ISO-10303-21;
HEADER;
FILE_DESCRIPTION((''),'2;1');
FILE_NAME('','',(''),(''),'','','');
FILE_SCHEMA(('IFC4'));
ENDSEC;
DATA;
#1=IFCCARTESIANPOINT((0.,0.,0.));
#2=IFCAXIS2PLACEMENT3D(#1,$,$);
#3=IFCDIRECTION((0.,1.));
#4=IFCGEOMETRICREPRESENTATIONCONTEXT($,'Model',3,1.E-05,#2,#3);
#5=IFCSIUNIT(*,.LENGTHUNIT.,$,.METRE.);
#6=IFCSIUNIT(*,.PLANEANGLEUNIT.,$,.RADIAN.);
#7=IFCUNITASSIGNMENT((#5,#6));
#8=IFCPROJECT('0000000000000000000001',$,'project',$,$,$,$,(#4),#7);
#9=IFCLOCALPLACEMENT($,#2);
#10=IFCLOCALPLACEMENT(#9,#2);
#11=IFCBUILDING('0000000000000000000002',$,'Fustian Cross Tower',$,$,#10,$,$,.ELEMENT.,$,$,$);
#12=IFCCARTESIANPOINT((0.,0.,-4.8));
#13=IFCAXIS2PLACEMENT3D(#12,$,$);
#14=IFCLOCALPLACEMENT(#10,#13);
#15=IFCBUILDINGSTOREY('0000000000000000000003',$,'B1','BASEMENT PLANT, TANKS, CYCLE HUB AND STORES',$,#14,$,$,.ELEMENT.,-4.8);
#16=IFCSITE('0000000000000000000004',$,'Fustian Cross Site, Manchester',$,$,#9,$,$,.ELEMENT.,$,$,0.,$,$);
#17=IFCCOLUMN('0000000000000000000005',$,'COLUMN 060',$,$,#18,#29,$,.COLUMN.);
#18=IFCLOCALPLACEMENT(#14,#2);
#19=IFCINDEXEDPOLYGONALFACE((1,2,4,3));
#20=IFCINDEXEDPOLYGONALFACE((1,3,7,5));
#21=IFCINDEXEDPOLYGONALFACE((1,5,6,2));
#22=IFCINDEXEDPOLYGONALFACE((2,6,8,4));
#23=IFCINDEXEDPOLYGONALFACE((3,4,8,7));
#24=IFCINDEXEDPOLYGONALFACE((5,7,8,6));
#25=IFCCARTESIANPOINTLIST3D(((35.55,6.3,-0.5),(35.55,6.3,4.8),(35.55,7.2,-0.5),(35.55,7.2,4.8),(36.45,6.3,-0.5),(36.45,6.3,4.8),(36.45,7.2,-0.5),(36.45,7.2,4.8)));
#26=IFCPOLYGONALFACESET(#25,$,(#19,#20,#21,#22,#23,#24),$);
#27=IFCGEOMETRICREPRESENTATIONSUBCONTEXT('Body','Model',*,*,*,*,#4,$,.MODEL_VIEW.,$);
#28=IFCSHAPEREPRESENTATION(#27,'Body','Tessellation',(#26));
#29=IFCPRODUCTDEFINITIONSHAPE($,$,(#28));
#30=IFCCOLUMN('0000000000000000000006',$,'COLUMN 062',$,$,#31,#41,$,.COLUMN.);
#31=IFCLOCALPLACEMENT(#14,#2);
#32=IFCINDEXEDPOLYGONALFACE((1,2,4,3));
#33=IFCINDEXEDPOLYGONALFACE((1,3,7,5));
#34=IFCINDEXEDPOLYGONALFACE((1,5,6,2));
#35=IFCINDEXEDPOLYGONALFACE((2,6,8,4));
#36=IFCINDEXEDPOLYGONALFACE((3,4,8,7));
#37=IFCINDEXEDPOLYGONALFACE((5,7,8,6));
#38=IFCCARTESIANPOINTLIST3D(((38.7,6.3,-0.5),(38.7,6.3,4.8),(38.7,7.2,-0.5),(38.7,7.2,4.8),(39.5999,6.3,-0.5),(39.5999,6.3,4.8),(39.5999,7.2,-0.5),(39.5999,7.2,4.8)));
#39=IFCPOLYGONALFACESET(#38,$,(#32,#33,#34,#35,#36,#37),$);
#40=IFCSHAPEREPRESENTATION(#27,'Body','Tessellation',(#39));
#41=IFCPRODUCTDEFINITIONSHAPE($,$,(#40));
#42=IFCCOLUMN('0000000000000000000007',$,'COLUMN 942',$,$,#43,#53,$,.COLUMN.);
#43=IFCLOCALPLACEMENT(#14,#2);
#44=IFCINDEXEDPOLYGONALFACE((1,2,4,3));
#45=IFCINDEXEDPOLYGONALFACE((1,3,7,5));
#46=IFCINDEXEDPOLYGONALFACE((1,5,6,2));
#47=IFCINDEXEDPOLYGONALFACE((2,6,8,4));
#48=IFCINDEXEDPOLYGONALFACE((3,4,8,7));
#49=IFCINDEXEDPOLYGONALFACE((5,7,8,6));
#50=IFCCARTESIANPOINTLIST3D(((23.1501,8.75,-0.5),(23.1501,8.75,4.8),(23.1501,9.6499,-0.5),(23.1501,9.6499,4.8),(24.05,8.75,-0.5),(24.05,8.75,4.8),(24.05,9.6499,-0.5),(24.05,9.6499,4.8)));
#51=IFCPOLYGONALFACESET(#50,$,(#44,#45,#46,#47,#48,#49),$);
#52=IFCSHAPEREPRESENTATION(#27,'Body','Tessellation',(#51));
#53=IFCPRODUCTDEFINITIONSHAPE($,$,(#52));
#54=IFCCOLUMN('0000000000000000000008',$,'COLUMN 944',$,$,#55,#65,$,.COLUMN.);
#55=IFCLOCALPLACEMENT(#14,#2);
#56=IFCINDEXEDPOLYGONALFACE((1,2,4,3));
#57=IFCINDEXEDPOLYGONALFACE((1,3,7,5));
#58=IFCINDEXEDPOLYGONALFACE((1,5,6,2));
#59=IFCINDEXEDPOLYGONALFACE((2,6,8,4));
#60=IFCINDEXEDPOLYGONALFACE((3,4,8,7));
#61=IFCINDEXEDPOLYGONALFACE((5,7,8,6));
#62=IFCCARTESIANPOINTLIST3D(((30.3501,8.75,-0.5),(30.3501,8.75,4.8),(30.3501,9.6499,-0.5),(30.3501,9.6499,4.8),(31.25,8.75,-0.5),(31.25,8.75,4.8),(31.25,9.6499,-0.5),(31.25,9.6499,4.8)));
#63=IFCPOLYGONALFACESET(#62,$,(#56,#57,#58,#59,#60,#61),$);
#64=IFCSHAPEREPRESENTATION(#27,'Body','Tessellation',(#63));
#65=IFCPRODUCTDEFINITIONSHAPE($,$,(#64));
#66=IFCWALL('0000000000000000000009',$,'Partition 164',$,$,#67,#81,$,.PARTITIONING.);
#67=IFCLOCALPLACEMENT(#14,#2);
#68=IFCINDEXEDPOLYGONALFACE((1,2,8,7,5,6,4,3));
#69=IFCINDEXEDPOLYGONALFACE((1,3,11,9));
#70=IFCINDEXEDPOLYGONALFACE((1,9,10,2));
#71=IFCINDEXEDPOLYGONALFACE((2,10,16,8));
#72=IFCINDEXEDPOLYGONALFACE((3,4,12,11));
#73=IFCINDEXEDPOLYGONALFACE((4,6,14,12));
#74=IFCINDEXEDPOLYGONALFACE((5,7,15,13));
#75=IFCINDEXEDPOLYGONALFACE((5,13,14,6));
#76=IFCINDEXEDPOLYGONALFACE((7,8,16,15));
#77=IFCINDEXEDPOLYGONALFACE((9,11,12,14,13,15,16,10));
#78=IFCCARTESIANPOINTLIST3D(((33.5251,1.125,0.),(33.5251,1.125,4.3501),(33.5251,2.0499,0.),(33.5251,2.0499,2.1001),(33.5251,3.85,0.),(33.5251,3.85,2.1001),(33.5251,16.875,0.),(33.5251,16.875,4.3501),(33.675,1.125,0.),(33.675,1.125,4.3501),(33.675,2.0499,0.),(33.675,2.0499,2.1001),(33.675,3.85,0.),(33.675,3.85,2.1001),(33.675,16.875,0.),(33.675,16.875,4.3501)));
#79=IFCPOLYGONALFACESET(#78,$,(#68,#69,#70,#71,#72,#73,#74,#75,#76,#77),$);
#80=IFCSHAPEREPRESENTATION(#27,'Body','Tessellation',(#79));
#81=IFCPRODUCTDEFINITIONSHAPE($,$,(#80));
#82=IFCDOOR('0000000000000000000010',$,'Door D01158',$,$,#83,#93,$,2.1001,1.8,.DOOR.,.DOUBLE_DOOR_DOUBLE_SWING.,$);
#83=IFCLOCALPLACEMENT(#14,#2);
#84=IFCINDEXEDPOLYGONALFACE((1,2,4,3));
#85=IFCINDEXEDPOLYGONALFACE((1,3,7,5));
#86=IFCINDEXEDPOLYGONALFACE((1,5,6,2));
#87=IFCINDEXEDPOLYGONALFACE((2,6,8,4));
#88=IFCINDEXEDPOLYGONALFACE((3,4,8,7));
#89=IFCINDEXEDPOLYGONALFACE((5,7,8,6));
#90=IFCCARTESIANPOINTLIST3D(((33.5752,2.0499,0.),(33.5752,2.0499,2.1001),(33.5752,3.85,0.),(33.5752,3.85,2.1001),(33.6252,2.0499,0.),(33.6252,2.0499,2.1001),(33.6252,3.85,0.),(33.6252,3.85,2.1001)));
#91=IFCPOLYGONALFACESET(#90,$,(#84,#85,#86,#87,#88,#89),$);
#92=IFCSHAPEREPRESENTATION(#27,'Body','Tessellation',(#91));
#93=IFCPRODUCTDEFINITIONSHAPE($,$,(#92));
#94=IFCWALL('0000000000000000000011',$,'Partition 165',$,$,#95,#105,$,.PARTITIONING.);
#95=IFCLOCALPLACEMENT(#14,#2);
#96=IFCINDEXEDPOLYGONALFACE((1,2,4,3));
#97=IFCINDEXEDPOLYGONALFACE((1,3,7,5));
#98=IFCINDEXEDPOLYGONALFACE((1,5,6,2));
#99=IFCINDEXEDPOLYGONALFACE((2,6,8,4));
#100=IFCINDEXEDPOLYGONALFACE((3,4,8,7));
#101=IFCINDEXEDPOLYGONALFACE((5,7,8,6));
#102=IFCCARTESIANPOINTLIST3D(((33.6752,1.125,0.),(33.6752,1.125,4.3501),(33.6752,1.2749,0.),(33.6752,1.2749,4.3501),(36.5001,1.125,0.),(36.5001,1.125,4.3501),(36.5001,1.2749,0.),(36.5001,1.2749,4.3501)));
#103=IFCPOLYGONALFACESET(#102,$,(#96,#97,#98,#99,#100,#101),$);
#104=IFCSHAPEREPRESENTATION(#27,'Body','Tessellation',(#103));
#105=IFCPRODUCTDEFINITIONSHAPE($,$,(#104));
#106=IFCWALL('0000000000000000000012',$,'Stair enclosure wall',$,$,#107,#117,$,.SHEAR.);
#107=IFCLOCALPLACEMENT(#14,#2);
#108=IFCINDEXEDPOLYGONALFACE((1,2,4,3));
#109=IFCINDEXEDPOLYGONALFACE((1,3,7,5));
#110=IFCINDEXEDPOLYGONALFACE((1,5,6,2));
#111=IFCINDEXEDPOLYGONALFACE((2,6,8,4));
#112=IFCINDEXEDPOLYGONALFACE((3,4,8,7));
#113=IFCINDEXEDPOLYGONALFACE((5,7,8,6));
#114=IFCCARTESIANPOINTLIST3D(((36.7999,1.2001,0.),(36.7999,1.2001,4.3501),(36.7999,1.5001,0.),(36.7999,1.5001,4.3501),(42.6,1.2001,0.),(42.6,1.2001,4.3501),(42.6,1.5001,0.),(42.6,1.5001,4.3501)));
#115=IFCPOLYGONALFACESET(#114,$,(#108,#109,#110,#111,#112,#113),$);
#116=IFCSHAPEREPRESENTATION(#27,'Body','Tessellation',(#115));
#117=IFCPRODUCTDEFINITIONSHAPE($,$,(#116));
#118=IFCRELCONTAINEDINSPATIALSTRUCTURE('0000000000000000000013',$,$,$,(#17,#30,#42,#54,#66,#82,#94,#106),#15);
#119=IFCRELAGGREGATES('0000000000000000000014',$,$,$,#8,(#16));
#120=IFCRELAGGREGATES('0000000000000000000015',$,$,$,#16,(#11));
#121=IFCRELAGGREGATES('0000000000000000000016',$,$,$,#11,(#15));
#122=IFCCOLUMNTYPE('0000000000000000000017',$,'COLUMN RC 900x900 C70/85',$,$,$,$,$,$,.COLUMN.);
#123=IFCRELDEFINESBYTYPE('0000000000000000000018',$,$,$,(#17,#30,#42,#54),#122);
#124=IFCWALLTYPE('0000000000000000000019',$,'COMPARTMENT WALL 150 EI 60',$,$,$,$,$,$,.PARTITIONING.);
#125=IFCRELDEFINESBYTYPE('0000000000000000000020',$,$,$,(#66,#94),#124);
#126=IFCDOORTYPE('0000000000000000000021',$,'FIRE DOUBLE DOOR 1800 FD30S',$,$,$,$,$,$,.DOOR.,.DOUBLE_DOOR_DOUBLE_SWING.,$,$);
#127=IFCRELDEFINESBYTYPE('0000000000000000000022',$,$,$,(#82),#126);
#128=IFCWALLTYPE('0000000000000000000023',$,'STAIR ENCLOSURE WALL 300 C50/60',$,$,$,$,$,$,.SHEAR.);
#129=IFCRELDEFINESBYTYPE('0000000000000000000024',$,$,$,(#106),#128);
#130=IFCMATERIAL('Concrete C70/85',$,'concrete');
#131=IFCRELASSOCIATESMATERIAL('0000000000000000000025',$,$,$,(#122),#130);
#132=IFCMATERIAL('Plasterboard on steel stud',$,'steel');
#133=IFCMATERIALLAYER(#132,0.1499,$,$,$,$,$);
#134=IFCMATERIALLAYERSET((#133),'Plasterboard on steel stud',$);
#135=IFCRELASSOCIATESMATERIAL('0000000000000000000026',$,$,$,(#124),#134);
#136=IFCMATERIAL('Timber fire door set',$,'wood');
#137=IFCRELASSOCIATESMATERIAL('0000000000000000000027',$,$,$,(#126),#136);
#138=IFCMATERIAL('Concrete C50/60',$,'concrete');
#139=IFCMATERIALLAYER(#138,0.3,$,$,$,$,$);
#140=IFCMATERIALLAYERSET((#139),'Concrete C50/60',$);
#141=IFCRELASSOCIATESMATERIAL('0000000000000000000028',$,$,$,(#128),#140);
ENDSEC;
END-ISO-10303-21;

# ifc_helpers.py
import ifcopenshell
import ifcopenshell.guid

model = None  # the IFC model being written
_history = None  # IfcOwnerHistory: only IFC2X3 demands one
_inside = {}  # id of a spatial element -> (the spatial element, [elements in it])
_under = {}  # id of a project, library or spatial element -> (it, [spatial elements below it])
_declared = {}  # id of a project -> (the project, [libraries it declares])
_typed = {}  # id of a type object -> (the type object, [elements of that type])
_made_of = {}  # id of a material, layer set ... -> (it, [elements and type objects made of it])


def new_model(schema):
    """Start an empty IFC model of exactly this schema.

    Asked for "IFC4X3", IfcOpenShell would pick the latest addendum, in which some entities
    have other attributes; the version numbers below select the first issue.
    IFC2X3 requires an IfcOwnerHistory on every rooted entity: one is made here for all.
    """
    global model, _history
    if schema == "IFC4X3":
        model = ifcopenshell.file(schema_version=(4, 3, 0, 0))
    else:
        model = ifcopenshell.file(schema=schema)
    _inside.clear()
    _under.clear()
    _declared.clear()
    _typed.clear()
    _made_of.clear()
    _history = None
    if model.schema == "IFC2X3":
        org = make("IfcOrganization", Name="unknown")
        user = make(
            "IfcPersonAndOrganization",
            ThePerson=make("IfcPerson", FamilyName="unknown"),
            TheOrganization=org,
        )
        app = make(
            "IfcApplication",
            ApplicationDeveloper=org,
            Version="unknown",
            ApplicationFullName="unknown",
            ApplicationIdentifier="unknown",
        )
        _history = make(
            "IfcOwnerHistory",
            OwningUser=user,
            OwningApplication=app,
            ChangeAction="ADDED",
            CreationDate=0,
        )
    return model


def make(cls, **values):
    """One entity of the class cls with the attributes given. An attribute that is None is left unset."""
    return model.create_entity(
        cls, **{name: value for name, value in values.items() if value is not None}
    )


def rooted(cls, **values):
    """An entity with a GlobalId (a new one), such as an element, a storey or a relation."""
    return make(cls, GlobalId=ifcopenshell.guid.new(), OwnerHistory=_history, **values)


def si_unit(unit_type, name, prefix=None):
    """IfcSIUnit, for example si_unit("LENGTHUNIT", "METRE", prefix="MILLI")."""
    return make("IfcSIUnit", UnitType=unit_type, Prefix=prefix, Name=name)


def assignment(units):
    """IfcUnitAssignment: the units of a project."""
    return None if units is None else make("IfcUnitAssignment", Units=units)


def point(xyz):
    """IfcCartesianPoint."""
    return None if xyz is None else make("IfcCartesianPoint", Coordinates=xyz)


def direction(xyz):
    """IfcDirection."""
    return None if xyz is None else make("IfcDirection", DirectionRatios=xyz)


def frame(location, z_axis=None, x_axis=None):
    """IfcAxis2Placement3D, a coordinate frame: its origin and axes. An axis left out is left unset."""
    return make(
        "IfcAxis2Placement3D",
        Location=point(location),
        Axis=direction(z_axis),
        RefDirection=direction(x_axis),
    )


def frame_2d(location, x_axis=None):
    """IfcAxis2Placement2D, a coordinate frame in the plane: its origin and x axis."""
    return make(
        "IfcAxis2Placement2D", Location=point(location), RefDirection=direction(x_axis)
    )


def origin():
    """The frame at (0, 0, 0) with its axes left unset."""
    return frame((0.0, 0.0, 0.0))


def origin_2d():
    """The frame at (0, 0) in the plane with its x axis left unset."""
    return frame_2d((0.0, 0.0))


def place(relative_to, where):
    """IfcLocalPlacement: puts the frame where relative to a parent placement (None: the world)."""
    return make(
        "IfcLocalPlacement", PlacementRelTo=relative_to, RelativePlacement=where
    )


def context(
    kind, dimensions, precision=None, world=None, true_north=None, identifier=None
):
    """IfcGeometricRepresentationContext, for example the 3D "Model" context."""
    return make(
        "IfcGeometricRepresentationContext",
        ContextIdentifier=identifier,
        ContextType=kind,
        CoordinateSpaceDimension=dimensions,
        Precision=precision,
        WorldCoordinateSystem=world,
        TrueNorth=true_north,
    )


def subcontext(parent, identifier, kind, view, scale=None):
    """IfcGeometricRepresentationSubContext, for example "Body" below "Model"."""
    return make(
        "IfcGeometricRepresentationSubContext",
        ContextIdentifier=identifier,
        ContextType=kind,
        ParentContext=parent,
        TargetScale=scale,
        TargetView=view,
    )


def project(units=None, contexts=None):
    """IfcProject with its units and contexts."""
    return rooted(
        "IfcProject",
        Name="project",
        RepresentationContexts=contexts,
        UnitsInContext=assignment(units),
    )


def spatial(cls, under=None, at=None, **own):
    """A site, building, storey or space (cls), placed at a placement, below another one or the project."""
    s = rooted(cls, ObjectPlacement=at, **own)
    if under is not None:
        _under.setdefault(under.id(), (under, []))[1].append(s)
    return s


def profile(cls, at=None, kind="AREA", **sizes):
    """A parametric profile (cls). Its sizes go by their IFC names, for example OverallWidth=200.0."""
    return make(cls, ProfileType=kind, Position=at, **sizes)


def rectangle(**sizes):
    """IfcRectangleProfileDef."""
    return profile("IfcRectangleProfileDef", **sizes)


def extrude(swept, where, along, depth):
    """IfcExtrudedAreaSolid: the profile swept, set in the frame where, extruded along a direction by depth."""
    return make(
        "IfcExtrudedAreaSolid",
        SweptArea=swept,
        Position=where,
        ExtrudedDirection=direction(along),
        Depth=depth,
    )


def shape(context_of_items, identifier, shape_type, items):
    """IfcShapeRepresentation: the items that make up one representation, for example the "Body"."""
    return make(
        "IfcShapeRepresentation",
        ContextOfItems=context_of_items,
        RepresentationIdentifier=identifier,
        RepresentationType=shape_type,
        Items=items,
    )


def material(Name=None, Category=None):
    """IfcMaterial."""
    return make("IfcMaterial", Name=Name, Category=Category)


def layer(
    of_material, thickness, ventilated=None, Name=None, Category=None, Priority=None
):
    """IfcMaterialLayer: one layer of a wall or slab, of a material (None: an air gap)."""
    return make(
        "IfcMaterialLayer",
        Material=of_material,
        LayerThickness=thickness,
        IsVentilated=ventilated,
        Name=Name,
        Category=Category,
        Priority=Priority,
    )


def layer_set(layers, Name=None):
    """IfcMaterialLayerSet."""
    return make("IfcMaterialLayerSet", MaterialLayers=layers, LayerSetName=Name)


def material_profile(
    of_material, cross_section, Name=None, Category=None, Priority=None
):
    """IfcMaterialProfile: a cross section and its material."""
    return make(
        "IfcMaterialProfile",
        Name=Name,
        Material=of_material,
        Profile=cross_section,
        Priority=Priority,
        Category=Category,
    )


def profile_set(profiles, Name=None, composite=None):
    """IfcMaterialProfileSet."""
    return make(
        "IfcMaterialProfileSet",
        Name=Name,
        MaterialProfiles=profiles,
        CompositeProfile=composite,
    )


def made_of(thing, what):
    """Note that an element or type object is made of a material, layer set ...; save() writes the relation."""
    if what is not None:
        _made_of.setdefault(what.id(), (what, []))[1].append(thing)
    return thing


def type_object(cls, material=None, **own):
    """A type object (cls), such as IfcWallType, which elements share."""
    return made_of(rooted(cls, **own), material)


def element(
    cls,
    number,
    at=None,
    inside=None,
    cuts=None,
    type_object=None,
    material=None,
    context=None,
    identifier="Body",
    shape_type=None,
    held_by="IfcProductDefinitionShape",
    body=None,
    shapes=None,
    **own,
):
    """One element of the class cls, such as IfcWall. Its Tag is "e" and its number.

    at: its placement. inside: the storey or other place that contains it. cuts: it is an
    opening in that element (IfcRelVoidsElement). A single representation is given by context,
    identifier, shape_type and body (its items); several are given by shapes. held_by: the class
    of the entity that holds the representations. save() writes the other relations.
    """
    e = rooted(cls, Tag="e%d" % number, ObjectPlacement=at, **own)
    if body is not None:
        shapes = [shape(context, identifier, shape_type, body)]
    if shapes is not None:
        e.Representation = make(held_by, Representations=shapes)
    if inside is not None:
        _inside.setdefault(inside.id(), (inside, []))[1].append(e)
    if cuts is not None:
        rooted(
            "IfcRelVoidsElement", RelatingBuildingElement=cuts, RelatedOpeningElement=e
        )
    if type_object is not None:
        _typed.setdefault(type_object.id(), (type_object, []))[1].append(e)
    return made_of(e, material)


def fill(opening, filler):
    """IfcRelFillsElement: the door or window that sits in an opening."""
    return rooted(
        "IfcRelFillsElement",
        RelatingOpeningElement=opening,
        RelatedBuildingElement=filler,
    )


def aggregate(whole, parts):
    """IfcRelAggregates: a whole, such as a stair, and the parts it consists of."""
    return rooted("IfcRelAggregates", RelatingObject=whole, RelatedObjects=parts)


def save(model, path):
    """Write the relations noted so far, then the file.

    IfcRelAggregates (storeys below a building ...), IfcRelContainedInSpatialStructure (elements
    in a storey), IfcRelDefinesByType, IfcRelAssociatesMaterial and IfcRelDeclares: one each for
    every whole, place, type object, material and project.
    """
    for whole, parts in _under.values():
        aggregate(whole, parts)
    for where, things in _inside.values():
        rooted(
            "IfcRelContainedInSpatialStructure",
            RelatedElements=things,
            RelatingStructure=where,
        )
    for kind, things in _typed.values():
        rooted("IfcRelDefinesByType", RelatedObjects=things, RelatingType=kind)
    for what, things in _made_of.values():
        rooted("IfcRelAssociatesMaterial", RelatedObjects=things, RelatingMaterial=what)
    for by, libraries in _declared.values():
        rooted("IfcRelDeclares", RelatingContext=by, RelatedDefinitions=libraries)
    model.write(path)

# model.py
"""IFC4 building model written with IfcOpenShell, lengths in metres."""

from ifc_helpers import new_model, si_unit, direction, frame, frame_2d, origin, origin_2d, place, context, subcontext, project, spatial, rectangle, extrude, material, layer, layer_set, material_profile, profile_set, type_object, element, fill, save


model = new_model("IFC4")

# Units and contexts
model_context = context("Model", 3, precision=1e-05, world=origin(), true_north=direction((0.0, 1.0)))
body_context = subcontext(model_context, "Body", "Model", "MODEL_VIEW")
ifc_project = project(units=[si_unit("LENGTHUNIT", "METRE"), si_unit("PLANEANGLEUNIT", "RADIAN")], contexts=[model_context])

# Site, building, storey
site_placement = place(None, origin())
site = spatial("IfcSite", under=ifc_project, at=site_placement, Name="Fustian Cross Site, Manchester", CompositionType="ELEMENT", RefElevation=0.0)
building_placement = place(site_placement, origin())
building = spatial("IfcBuilding", under=site, at=building_placement, Name="Fustian Cross Tower", CompositionType="ELEMENT")
storey_placement = place(building_placement, frame((0.0, 0.0, -4.8)))
storey = spatial("IfcBuildingStorey", under=building, at=storey_placement, Name="B1", Description="BASEMENT PLANT, TANKS, CYCLE HUB AND STORES", CompositionType="ELEMENT", Elevation=-4.8)

# Columns
ifc_material_1 = material(Name="Concrete C70/85", Category="concrete")
ifc_material_profile_1 = material_profile(ifc_material_1, rectangle(XDim=0.8999, YDim=0.8999, at=origin_2d()), Name="RC 900x900")
ifc_profile_set_1 = profile_set([ifc_material_profile_1], Name="Concrete C70/85")
column_type = type_object("IfcColumnType", Name="COLUMN RC 900x900 C70/85", PredefinedType="COLUMN", material=ifc_profile_set_1)
for number, where, z_axis, x_axis, name in (
    (1, (36.0, 6.75, -0.5), (0.0, 0.0, 1.0), (1.0, 0.0, 0.0), "COLUMN 060"),
    (2, (39.1499, 6.75, -0.5), (0.0, 0.0, 1.0), (1.0, 0.0, 0.0), "COLUMN 062"),
    (3, (23.6001, 9.2, -0.5), (0.0, 0.0, 1.0), (1.0, 0.0, 0.0), "COLUMN 942"),
    (4, (30.8, 9.2, -0.5), (0.0, 0.0, 1.0), (1.0, 0.0, 0.0), "COLUMN 944"),
):
    element("IfcColumn", number, at=place(storey_placement, frame(where, z_axis=z_axis, x_axis=x_axis)), inside=storey, type_object=column_type, Name=name, PredefinedType="COLUMN", context=body_context, shape_type="SweptSolid", body=[
        extrude(rectangle(XDim=0.8999, YDim=0.8999, at=origin_2d()), origin(), (0.0, 0.0, 1.0), 5.3),
    ])

# Wall, opening, door
ifc_material_2 = material(Name="Plasterboard on steel stud", Category="steel")
ifc_layer_1 = layer(ifc_material_2, 0.1499)
ifc_layer_set_1 = layer_set([ifc_layer_1], Name="Plasterboard on steel stud")
wall_type_1 = type_object("IfcWallType", Name="COMPARTMENT WALL 150 EI 60", PredefinedType="PARTITIONING", material=ifc_layer_set_1)
wall_1_placement = place(storey_placement, frame((33.6001, 1.125, 0.0), z_axis=(0.0, 0.0, 1.0), x_axis=(0.0, 1.0, 0.0)))
wall_1 = element("IfcWall", 5, at=wall_1_placement, inside=storey, type_object=wall_type_1, Name="Partition 164", PredefinedType="PARTITIONING", context=body_context, shape_type="SweptSolid", body=[
    extrude(rectangle(XDim=15.75, YDim=0.1499, at=frame_2d((7.875, 0.0))), origin(), (0.0, 0.0, 1.0), 4.3501),
])
opening_placement = place(wall_1_placement, frame((0.925, 0.0, 0.0)))
opening = element("IfcOpeningElement", 6, at=opening_placement, cuts=wall_1, PredefinedType="OPENING", context=body_context, shape_type="SweptSolid", body=[
    extrude(rectangle(XDim=1.8, YDim=2.1001, at=frame_2d((0.8999, 1.05))), frame((0.0, 0.085, 0.0), z_axis=(0.0, -1.0, 0.0), x_axis=(1.0, 0.0, 0.0)), (0.0, 0.0, 1.0), 0.1699),
])
ifc_material_3 = material(Name="Timber fire door set", Category="wood")
door_type = type_object("IfcDoorType", Name="FIRE DOUBLE DOOR 1800 FD30S", OperationType="DOUBLE_DOOR_DOUBLE_SWING", PredefinedType="DOOR", material=ifc_material_3)
door_placement = place(opening_placement, origin())
door = element("IfcDoor", 7, at=door_placement, inside=storey, type_object=door_type, Name="Door D01158", OperationType="DOUBLE_DOOR_DOUBLE_SWING", OverallHeight=2.1001, OverallWidth=1.8, PredefinedType="DOOR", context=body_context, shape_type="SweptSolid", body=[
    extrude(rectangle(XDim=1.8, YDim=2.1001, at=frame_2d((0.8999, 1.05))), frame((0.0, 0.0249, 0.0), z_axis=(0.0, -1.0, 0.0), x_axis=(1.0, 0.0, 0.0)), (0.0, 0.0, 1.0), 0.05),
])
fill(opening, door)

# Walls
wall_2_placement = place(storey_placement, frame((33.675, 1.2, 0.0), z_axis=(0.0, 0.0, 1.0), x_axis=(1.0, 0.0, 0.0)))
element("IfcWall", 8, at=wall_2_placement, inside=storey, type_object=wall_type_1, Name="Partition 165", PredefinedType="PARTITIONING", context=body_context, shape_type="SweptSolid", body=[
    extrude(rectangle(XDim=2.825, YDim=0.1499, at=frame_2d((1.4126, 0.0))), origin(), (0.0, 0.0, 1.0), 4.3501),
])
ifc_material_4 = material(Name="Concrete C50/60", Category="concrete")
ifc_layer_2 = layer(ifc_material_4, 0.3)
ifc_layer_set_2 = layer_set([ifc_layer_2], Name="Concrete C50/60")
wall_type_2 = type_object("IfcWallType", Name="STAIR ENCLOSURE WALL 300 C50/60", PredefinedType="SHEAR", material=ifc_layer_set_2)
wall_3_placement = place(storey_placement, frame((36.8, 1.3501, 0.0), z_axis=(0.0, 0.0, 1.0), x_axis=(1.0, 0.0, 0.0)))
element("IfcWall", 9, at=wall_3_placement, inside=storey, type_object=wall_type_2, Name="Stair enclosure wall", PredefinedType="SHEAR", context=body_context, shape_type="SweptSolid", body=[
    extrude(rectangle(XDim=5.8, YDim=0.3, at=frame_2d((2.8999, 0.0))), origin(), (0.0, 0.0, 1.0), 4.3501),
])

save(model, "model.ifc")
